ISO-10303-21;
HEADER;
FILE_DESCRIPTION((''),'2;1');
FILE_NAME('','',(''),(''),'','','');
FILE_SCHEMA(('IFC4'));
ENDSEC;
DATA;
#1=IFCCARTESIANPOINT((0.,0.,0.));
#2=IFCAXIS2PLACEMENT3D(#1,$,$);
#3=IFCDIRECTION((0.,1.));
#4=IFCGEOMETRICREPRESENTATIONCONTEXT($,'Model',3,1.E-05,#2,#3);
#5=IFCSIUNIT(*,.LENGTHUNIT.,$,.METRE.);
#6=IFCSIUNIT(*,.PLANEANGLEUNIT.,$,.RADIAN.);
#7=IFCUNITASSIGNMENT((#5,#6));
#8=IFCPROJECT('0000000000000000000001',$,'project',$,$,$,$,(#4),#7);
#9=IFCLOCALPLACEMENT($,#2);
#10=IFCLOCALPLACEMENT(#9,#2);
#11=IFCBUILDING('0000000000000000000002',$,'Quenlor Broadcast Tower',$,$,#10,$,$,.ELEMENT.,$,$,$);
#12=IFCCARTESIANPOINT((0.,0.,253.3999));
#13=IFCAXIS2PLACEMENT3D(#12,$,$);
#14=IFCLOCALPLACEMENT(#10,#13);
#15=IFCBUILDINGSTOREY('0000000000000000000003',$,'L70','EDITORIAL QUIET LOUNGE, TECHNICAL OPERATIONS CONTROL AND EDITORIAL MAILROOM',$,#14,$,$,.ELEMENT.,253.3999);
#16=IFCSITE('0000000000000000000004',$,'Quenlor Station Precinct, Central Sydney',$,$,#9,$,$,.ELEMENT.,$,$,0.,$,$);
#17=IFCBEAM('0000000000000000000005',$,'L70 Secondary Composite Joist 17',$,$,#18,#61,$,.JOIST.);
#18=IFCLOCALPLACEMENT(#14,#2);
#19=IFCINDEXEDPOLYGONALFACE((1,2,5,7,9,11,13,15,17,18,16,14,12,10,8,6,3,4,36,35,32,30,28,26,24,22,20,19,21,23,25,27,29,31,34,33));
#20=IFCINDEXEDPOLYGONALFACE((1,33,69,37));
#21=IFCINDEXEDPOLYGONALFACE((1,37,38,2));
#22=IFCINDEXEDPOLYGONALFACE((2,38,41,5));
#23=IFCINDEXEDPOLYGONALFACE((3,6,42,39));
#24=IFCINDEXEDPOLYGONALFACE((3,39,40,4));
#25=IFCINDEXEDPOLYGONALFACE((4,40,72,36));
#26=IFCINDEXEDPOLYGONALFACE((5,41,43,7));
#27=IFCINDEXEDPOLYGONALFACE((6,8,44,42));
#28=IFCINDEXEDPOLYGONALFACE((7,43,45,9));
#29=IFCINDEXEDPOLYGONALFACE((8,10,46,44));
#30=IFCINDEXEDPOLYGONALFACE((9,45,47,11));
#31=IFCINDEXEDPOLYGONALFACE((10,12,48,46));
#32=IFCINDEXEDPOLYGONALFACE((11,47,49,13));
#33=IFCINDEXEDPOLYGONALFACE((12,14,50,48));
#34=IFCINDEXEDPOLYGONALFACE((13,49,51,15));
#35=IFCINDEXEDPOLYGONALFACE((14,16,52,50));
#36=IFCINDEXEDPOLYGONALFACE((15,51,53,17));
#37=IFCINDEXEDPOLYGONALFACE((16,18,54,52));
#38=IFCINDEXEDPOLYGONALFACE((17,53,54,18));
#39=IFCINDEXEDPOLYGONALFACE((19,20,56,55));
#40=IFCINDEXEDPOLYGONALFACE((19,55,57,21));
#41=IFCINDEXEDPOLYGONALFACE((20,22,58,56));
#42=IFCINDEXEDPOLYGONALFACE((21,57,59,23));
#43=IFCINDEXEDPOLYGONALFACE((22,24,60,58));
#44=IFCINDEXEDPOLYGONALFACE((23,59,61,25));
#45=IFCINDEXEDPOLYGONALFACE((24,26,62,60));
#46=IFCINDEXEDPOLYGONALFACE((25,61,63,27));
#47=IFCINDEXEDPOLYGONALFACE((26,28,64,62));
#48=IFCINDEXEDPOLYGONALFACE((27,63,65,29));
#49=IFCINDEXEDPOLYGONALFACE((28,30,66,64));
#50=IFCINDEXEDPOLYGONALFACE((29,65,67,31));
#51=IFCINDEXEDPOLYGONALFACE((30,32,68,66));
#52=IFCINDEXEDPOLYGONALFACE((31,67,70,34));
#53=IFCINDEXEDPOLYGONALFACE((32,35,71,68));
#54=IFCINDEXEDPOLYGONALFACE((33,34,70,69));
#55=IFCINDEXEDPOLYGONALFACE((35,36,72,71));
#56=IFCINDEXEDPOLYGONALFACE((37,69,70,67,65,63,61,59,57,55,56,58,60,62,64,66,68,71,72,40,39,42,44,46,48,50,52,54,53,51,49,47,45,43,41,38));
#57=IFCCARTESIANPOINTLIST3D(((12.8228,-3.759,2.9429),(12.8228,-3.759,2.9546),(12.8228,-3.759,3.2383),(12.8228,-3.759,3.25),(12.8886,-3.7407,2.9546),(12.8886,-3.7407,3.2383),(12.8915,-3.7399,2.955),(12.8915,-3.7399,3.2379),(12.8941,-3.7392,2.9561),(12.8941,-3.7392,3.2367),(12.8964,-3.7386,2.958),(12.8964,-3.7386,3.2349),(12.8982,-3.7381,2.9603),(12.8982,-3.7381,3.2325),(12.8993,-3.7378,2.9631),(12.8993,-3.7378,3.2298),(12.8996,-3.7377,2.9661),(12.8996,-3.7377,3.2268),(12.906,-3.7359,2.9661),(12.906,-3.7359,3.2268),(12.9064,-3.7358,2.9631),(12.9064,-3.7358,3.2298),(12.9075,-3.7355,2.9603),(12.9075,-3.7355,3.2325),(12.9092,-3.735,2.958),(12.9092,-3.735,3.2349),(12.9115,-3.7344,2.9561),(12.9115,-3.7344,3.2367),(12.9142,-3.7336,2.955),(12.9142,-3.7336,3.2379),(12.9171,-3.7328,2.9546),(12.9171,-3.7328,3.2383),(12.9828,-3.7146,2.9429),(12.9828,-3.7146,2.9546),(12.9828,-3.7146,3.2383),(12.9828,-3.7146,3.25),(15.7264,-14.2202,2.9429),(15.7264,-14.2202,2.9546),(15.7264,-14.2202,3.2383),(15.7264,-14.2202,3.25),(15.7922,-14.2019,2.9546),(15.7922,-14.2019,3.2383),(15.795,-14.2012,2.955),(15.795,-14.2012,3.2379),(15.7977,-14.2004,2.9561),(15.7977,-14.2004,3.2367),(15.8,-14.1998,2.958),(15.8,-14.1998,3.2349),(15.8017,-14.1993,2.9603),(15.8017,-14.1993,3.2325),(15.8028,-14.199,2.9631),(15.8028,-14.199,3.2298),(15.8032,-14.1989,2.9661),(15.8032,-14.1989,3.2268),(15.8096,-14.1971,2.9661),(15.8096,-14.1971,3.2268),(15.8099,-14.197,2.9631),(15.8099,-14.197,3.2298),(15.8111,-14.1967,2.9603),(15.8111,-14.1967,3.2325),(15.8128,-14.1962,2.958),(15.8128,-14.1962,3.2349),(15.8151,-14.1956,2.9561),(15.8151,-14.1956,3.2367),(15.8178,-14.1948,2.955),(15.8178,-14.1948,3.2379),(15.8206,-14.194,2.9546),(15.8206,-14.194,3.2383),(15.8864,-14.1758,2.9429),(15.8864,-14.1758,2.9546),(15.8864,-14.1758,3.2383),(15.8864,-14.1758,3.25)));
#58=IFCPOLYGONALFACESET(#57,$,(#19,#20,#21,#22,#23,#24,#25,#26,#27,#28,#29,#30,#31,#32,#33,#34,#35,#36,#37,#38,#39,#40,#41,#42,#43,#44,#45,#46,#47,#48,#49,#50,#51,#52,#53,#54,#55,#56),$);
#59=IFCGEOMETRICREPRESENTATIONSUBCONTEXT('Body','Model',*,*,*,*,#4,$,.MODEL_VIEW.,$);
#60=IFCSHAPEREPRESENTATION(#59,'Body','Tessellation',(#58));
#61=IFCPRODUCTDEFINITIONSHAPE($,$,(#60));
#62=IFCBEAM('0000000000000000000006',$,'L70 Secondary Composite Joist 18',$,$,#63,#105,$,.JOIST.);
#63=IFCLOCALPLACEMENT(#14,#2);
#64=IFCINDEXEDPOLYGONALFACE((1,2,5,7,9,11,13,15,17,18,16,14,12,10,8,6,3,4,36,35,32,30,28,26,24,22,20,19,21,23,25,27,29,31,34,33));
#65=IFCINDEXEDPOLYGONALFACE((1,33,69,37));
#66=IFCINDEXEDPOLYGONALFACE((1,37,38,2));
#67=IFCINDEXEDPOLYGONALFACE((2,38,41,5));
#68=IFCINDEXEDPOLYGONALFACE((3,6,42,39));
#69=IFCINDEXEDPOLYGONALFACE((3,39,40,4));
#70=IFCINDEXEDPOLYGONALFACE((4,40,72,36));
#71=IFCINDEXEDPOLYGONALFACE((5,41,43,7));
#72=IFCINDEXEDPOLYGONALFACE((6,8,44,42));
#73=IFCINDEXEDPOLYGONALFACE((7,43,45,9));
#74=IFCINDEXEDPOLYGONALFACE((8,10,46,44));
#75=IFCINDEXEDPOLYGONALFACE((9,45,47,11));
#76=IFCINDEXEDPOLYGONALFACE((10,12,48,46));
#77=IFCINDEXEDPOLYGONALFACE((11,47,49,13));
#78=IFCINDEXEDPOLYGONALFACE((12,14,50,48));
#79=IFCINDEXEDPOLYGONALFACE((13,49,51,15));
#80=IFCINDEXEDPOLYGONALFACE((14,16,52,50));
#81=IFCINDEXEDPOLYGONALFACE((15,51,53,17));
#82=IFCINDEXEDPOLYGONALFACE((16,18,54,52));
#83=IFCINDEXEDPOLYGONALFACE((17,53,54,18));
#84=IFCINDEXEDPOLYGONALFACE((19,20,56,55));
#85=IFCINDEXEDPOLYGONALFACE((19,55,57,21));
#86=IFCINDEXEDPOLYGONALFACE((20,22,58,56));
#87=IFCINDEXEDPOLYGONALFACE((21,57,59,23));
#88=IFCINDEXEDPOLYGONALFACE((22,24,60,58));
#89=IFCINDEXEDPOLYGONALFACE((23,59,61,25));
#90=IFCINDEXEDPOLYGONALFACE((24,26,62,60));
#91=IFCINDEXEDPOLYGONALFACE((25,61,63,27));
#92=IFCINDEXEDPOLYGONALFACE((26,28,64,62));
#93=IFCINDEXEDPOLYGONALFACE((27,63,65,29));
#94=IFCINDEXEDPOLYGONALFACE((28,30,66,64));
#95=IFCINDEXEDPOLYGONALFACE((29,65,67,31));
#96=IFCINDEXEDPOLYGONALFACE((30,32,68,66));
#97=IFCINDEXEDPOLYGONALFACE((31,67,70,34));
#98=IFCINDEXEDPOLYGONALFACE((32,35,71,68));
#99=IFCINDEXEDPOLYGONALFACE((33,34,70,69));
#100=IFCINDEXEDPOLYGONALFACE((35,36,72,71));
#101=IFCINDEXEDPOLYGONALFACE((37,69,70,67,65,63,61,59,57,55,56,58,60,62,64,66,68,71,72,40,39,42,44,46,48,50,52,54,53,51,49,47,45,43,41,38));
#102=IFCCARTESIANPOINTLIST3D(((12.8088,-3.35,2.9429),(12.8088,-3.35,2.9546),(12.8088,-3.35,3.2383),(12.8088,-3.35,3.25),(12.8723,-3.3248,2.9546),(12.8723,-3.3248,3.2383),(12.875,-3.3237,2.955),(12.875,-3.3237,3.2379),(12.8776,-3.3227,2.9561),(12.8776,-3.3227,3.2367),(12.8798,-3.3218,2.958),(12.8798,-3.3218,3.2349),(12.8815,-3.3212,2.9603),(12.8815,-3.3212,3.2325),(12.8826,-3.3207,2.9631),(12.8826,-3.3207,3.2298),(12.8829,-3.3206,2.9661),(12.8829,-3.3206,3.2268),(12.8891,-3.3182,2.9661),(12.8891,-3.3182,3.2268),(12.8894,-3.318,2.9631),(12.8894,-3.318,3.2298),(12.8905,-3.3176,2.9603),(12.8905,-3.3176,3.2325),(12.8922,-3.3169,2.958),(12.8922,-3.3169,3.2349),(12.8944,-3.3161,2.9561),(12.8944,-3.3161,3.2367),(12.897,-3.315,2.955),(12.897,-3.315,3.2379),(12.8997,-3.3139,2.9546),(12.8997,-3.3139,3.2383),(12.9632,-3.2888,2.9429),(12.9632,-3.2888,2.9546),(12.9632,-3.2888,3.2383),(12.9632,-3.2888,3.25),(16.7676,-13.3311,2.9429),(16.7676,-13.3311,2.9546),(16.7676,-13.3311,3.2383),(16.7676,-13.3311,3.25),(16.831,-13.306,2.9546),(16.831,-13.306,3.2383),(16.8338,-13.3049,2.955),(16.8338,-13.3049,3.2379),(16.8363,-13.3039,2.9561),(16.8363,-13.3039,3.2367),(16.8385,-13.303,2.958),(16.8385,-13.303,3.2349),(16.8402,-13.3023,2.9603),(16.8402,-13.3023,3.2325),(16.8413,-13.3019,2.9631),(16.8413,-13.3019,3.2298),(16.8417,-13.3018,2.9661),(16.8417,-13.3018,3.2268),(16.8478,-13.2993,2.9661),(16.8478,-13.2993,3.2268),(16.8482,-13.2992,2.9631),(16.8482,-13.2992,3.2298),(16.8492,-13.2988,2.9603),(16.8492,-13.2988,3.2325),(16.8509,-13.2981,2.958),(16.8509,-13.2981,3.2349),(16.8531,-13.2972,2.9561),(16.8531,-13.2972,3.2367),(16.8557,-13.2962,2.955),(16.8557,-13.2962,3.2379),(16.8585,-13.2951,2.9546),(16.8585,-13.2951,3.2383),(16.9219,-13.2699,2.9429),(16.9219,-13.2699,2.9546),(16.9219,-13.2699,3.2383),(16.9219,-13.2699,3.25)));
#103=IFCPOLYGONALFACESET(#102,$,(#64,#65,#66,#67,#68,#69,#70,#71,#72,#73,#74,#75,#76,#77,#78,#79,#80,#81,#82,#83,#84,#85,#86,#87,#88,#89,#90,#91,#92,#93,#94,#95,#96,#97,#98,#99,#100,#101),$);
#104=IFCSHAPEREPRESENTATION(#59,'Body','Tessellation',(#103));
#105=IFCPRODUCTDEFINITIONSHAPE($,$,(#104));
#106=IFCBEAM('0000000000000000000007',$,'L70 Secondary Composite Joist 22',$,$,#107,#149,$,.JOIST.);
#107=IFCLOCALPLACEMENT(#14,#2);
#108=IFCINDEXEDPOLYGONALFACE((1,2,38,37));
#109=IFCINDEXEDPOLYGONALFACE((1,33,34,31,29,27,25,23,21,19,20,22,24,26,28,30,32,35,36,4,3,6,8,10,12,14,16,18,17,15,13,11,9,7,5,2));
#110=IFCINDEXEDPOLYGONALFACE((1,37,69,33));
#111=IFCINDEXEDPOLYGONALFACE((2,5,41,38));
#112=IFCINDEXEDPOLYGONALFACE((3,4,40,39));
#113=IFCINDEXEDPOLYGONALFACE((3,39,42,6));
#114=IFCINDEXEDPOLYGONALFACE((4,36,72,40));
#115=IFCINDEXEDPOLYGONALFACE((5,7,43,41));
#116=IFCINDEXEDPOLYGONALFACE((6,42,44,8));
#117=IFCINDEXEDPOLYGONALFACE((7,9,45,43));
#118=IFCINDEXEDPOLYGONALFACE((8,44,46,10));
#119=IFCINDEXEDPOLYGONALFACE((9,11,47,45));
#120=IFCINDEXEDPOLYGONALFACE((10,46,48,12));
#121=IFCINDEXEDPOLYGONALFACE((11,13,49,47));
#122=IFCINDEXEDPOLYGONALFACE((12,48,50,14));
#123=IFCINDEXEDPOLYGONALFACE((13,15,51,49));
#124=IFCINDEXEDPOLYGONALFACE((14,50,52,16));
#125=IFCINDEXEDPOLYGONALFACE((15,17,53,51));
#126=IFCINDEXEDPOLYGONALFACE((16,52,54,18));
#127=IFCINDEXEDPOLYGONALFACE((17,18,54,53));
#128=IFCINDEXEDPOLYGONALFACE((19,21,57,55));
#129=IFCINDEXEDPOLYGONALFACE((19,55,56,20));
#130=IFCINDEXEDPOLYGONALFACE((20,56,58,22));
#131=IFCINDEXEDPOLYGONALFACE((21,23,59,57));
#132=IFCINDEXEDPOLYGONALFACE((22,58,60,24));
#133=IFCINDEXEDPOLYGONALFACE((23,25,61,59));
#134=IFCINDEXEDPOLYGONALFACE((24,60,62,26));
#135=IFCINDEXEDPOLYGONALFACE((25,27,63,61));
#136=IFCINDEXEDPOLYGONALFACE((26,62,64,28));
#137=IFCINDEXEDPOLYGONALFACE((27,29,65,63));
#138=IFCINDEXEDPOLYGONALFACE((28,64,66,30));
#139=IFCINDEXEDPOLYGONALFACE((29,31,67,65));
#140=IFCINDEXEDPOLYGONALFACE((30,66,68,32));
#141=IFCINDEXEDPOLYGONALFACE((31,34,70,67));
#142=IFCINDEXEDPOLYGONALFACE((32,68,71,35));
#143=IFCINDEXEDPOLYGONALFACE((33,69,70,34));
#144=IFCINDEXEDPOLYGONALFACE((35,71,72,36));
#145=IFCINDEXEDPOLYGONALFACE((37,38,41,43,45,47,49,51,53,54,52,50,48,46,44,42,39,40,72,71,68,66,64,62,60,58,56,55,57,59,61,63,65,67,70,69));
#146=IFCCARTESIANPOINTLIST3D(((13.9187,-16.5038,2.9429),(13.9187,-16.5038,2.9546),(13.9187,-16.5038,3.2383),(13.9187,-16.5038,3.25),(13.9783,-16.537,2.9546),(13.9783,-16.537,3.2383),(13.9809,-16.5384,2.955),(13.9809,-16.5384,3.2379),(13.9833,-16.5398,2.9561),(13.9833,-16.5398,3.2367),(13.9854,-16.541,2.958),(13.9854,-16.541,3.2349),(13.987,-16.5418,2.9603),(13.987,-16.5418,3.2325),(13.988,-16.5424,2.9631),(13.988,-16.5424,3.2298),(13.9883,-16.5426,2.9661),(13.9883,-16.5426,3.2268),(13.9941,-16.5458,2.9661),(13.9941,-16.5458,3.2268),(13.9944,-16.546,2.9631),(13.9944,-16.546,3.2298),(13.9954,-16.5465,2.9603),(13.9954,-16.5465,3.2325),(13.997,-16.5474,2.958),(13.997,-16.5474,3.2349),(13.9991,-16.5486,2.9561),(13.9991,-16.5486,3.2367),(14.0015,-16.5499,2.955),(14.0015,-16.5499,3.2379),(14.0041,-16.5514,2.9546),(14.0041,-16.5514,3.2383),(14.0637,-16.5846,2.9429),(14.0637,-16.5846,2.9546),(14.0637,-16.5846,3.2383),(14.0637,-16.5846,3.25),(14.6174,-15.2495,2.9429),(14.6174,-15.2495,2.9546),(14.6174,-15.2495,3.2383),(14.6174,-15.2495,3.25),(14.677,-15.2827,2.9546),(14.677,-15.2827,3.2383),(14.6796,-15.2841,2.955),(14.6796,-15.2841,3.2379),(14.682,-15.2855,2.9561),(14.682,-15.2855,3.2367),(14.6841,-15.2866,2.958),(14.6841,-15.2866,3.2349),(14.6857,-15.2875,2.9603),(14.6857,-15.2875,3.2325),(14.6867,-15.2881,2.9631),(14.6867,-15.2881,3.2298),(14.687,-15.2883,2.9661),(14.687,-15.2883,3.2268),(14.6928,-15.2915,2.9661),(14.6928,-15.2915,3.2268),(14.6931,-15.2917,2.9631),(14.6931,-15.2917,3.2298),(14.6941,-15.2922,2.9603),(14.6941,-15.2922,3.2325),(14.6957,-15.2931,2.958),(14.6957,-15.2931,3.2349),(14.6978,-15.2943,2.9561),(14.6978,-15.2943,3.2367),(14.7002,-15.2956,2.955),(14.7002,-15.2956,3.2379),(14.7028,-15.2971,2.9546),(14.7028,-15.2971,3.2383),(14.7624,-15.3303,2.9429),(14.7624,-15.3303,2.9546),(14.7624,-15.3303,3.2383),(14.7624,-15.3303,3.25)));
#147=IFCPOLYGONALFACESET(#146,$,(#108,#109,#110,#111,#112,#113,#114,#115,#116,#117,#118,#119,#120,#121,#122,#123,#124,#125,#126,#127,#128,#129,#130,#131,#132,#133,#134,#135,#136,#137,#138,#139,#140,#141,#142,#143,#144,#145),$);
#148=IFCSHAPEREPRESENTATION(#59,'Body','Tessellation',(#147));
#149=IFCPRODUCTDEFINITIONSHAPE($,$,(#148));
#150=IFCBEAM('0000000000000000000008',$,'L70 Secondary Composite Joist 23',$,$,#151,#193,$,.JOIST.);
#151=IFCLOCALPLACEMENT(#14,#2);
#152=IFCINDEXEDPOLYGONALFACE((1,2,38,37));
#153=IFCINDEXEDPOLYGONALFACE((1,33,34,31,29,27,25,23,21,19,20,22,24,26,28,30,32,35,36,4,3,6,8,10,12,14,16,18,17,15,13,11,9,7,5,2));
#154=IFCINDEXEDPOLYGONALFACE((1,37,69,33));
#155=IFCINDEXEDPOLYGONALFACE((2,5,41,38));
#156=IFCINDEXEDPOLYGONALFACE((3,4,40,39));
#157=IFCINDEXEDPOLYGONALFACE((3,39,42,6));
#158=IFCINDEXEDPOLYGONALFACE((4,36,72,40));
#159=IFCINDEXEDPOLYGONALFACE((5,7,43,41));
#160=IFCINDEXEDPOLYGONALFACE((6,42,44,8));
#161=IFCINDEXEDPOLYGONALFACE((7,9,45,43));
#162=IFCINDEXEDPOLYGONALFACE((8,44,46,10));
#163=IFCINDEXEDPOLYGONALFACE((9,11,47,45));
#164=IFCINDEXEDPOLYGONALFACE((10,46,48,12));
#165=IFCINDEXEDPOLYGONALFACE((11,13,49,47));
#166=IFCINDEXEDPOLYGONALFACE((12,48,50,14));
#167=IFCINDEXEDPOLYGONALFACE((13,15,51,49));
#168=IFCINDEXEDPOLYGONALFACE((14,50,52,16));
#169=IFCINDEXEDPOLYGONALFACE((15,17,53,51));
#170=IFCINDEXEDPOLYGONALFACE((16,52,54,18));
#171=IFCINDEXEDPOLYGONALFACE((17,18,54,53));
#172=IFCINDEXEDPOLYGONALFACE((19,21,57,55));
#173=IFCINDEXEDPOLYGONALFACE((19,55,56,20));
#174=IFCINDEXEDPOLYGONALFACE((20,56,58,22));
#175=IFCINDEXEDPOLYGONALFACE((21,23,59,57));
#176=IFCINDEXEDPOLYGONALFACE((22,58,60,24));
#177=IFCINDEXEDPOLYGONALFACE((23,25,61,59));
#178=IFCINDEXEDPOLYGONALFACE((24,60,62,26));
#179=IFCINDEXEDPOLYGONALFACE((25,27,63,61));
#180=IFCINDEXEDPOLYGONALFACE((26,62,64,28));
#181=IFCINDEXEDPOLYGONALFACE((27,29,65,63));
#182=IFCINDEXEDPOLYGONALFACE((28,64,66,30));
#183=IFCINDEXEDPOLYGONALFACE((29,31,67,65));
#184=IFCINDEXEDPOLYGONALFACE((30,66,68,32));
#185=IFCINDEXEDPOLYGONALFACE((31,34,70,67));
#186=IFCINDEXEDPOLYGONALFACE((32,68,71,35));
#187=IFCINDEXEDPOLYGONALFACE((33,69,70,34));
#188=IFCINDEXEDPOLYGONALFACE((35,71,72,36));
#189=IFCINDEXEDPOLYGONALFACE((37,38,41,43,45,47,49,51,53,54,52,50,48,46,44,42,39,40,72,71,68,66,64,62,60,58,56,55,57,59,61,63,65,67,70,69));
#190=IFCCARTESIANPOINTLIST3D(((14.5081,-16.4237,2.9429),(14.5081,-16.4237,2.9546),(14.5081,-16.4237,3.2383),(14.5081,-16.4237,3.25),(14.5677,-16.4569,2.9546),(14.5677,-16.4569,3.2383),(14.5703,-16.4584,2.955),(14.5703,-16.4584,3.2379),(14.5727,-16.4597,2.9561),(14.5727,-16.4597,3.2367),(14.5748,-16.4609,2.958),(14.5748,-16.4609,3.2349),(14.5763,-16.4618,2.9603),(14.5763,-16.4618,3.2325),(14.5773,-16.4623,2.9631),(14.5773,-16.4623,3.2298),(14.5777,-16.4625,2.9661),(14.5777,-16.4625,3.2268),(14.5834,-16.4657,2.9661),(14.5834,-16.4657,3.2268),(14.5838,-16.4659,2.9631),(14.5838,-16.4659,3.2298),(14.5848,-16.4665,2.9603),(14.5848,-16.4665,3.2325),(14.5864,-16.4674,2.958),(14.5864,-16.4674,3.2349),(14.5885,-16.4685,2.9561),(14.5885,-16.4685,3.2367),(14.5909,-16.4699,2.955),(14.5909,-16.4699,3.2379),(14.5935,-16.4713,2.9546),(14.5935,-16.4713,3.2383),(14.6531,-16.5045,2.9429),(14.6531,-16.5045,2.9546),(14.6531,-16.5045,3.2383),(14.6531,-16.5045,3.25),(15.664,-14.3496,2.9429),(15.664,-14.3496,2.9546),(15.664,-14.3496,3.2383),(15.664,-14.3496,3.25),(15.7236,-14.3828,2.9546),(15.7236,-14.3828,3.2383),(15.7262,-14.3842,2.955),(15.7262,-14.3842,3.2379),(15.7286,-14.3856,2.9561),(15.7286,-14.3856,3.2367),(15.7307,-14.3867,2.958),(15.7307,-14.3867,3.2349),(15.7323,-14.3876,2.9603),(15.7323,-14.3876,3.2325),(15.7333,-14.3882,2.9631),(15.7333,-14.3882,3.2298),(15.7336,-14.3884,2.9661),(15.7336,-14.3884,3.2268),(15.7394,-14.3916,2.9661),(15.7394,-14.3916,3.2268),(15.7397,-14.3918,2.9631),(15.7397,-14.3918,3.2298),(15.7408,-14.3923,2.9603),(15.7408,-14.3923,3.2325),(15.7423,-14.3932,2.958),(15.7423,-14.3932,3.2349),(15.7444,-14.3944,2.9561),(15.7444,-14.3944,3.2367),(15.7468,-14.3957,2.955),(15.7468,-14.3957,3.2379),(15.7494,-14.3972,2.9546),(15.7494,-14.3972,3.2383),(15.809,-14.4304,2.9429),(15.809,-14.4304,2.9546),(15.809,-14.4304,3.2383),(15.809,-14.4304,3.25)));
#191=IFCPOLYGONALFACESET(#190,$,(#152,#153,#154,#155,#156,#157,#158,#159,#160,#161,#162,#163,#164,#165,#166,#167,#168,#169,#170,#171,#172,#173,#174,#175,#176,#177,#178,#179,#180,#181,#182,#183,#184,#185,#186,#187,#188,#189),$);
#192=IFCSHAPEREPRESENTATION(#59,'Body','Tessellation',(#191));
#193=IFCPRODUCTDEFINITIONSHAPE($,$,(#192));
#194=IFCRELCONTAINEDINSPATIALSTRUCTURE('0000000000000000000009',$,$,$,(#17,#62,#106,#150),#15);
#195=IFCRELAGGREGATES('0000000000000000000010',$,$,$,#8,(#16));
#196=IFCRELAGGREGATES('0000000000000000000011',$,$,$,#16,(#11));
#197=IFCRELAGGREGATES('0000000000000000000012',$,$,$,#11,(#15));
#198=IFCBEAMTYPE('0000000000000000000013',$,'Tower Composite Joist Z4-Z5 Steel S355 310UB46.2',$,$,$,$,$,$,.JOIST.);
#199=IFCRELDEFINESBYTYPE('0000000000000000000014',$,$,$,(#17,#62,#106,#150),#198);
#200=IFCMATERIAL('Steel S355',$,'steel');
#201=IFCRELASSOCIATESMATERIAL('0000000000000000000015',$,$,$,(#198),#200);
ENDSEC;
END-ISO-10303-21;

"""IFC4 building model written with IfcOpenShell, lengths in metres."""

from ifc_helpers import new_model, si_unit, direction, frame, origin, origin_2d, place, context, subcontext, project, spatial, i_section, extrude, material, material_profile, profile_set, type_object, element, save


model = new_model("IFC4")

# Units and contexts
model_context = context("Model", 3, precision=1e-05, world=origin(), true_north=direction((0.0, 1.0)))
body_context = subcontext(model_context, "Body", "Model", "MODEL_VIEW")
ifc_project = project(units=[si_unit("LENGTHUNIT", "METRE"), si_unit("PLANEANGLEUNIT", "RADIAN")], contexts=[model_context])

# Site, building, storey
site_placement = place(None, origin())
site = spatial("IfcSite", under=ifc_project, at=site_placement, Name="Quenlor Station Precinct, Central Sydney", CompositionType="ELEMENT", RefElevation=0.0)
building_placement = place(site_placement, origin())
building = spatial("IfcBuilding", under=site, at=building_placement, Name="Quenlor Broadcast Tower", CompositionType="ELEMENT")
storey_placement = place(building_placement, frame((0.0, 0.0, 253.3999)))
storey = spatial("IfcBuildingStorey", under=building, at=storey_placement, Name="L70", Description="EDITORIAL QUIET LOUNGE, TECHNICAL OPERATIONS CONTROL AND EDITORIAL MAILROOM", CompositionType="ELEMENT", Elevation=253.3999)

# Beams
ifc_material_1 = material(Name="Steel S355", Category="steel")
ifc_material_profile_1 = material_profile(ifc_material_1, i_section(OverallWidth=0.166, OverallDepth=0.3071, WebThickness=0.0066, FlangeThickness=0.0117, FilletRadius=0.0115, at=origin_2d()))
ifc_profile_set_1 = profile_set([ifc_material_profile_1], Name="Steel S355 310UB46.2")
beam_type_1 = type_object("IfcBeamType", Name="Tower Composite Joist Z4-Z5 Steel S355 310UB46.2", PredefinedType="JOIST", material=ifc_profile_set_1)
beam_1_placement = place(storey_placement, frame((15.8064, -14.198, 3.0964), z_axis=(-0.267446, 0.963573, 0.0), x_axis=(-0.963573, -0.267446, 0.0)))
element("IfcBeam", 1, at=beam_1_placement, inside=storey, type_object=beam_type_1, Name="L70 Secondary Composite Joist 17", PredefinedType="JOIST", context=body_context, shape_type="SweptSolid", body=[
    extrude(i_section(OverallWidth=0.166, OverallDepth=0.3071, WebThickness=0.0066, FlangeThickness=0.0117, FilletRadius=0.0115, at=origin_2d()), origin(), (0.0, 0.0, 1.0), 10.8567),
])
beam_2_placement = place(storey_placement, frame((16.8447, -13.3005, 3.0964), z_axis=(-0.36868, 0.929556, 0.0), x_axis=(-0.929556, -0.36868, 0.0)))
element("IfcBeam", 2, at=beam_2_placement, inside=storey, type_object=beam_type_1, Name="L70 Secondary Composite Joist 18", PredefinedType="JOIST", context=body_context, shape_type="SweptSolid", body=[
    extrude(i_section(OverallWidth=0.166, OverallDepth=0.3071, WebThickness=0.0066, FlangeThickness=0.0117, FilletRadius=0.0115, at=origin_2d()), origin(), (0.0, 0.0, 1.0), 10.7375),
])
beam_3_placement = place(storey_placement, frame((13.9912, -16.5442, 3.0964), z_axis=(0.486624, 0.873611, 0.0), x_axis=(-0.873611, 0.486624, 0.0)))
element("IfcBeam", 3, at=beam_3_placement, inside=storey, type_object=beam_type_1, Name="L70 Secondary Composite Joist 22", PredefinedType="JOIST", context=body_context, shape_type="SweptSolid", body=[
    extrude(i_section(OverallWidth=0.166, OverallDepth=0.3071, WebThickness=0.0066, FlangeThickness=0.0117, FilletRadius=0.0115, at=origin_2d()), origin(), (0.0, 0.0, 1.0), 1.4358),
])
beam_4_placement = place(storey_placement, frame((14.5806, -16.4641, 3.0964), z_axis=(0.486821, 0.873502, 0.0), x_axis=(-0.873502, 0.486821, 0.0)))
element("IfcBeam", 4, at=beam_4_placement, inside=storey, type_object=beam_type_1, Name="L70 Secondary Composite Joist 23", PredefinedType="JOIST", context=body_context, shape_type="SweptSolid", body=[
    extrude(i_section(OverallWidth=0.166, OverallDepth=0.3071, WebThickness=0.0066, FlangeThickness=0.0117, FilletRadius=0.0115, at=origin_2d()), origin(), (0.0, 0.0, 1.0), 2.3745),
])

save(model, "model.ifc")
